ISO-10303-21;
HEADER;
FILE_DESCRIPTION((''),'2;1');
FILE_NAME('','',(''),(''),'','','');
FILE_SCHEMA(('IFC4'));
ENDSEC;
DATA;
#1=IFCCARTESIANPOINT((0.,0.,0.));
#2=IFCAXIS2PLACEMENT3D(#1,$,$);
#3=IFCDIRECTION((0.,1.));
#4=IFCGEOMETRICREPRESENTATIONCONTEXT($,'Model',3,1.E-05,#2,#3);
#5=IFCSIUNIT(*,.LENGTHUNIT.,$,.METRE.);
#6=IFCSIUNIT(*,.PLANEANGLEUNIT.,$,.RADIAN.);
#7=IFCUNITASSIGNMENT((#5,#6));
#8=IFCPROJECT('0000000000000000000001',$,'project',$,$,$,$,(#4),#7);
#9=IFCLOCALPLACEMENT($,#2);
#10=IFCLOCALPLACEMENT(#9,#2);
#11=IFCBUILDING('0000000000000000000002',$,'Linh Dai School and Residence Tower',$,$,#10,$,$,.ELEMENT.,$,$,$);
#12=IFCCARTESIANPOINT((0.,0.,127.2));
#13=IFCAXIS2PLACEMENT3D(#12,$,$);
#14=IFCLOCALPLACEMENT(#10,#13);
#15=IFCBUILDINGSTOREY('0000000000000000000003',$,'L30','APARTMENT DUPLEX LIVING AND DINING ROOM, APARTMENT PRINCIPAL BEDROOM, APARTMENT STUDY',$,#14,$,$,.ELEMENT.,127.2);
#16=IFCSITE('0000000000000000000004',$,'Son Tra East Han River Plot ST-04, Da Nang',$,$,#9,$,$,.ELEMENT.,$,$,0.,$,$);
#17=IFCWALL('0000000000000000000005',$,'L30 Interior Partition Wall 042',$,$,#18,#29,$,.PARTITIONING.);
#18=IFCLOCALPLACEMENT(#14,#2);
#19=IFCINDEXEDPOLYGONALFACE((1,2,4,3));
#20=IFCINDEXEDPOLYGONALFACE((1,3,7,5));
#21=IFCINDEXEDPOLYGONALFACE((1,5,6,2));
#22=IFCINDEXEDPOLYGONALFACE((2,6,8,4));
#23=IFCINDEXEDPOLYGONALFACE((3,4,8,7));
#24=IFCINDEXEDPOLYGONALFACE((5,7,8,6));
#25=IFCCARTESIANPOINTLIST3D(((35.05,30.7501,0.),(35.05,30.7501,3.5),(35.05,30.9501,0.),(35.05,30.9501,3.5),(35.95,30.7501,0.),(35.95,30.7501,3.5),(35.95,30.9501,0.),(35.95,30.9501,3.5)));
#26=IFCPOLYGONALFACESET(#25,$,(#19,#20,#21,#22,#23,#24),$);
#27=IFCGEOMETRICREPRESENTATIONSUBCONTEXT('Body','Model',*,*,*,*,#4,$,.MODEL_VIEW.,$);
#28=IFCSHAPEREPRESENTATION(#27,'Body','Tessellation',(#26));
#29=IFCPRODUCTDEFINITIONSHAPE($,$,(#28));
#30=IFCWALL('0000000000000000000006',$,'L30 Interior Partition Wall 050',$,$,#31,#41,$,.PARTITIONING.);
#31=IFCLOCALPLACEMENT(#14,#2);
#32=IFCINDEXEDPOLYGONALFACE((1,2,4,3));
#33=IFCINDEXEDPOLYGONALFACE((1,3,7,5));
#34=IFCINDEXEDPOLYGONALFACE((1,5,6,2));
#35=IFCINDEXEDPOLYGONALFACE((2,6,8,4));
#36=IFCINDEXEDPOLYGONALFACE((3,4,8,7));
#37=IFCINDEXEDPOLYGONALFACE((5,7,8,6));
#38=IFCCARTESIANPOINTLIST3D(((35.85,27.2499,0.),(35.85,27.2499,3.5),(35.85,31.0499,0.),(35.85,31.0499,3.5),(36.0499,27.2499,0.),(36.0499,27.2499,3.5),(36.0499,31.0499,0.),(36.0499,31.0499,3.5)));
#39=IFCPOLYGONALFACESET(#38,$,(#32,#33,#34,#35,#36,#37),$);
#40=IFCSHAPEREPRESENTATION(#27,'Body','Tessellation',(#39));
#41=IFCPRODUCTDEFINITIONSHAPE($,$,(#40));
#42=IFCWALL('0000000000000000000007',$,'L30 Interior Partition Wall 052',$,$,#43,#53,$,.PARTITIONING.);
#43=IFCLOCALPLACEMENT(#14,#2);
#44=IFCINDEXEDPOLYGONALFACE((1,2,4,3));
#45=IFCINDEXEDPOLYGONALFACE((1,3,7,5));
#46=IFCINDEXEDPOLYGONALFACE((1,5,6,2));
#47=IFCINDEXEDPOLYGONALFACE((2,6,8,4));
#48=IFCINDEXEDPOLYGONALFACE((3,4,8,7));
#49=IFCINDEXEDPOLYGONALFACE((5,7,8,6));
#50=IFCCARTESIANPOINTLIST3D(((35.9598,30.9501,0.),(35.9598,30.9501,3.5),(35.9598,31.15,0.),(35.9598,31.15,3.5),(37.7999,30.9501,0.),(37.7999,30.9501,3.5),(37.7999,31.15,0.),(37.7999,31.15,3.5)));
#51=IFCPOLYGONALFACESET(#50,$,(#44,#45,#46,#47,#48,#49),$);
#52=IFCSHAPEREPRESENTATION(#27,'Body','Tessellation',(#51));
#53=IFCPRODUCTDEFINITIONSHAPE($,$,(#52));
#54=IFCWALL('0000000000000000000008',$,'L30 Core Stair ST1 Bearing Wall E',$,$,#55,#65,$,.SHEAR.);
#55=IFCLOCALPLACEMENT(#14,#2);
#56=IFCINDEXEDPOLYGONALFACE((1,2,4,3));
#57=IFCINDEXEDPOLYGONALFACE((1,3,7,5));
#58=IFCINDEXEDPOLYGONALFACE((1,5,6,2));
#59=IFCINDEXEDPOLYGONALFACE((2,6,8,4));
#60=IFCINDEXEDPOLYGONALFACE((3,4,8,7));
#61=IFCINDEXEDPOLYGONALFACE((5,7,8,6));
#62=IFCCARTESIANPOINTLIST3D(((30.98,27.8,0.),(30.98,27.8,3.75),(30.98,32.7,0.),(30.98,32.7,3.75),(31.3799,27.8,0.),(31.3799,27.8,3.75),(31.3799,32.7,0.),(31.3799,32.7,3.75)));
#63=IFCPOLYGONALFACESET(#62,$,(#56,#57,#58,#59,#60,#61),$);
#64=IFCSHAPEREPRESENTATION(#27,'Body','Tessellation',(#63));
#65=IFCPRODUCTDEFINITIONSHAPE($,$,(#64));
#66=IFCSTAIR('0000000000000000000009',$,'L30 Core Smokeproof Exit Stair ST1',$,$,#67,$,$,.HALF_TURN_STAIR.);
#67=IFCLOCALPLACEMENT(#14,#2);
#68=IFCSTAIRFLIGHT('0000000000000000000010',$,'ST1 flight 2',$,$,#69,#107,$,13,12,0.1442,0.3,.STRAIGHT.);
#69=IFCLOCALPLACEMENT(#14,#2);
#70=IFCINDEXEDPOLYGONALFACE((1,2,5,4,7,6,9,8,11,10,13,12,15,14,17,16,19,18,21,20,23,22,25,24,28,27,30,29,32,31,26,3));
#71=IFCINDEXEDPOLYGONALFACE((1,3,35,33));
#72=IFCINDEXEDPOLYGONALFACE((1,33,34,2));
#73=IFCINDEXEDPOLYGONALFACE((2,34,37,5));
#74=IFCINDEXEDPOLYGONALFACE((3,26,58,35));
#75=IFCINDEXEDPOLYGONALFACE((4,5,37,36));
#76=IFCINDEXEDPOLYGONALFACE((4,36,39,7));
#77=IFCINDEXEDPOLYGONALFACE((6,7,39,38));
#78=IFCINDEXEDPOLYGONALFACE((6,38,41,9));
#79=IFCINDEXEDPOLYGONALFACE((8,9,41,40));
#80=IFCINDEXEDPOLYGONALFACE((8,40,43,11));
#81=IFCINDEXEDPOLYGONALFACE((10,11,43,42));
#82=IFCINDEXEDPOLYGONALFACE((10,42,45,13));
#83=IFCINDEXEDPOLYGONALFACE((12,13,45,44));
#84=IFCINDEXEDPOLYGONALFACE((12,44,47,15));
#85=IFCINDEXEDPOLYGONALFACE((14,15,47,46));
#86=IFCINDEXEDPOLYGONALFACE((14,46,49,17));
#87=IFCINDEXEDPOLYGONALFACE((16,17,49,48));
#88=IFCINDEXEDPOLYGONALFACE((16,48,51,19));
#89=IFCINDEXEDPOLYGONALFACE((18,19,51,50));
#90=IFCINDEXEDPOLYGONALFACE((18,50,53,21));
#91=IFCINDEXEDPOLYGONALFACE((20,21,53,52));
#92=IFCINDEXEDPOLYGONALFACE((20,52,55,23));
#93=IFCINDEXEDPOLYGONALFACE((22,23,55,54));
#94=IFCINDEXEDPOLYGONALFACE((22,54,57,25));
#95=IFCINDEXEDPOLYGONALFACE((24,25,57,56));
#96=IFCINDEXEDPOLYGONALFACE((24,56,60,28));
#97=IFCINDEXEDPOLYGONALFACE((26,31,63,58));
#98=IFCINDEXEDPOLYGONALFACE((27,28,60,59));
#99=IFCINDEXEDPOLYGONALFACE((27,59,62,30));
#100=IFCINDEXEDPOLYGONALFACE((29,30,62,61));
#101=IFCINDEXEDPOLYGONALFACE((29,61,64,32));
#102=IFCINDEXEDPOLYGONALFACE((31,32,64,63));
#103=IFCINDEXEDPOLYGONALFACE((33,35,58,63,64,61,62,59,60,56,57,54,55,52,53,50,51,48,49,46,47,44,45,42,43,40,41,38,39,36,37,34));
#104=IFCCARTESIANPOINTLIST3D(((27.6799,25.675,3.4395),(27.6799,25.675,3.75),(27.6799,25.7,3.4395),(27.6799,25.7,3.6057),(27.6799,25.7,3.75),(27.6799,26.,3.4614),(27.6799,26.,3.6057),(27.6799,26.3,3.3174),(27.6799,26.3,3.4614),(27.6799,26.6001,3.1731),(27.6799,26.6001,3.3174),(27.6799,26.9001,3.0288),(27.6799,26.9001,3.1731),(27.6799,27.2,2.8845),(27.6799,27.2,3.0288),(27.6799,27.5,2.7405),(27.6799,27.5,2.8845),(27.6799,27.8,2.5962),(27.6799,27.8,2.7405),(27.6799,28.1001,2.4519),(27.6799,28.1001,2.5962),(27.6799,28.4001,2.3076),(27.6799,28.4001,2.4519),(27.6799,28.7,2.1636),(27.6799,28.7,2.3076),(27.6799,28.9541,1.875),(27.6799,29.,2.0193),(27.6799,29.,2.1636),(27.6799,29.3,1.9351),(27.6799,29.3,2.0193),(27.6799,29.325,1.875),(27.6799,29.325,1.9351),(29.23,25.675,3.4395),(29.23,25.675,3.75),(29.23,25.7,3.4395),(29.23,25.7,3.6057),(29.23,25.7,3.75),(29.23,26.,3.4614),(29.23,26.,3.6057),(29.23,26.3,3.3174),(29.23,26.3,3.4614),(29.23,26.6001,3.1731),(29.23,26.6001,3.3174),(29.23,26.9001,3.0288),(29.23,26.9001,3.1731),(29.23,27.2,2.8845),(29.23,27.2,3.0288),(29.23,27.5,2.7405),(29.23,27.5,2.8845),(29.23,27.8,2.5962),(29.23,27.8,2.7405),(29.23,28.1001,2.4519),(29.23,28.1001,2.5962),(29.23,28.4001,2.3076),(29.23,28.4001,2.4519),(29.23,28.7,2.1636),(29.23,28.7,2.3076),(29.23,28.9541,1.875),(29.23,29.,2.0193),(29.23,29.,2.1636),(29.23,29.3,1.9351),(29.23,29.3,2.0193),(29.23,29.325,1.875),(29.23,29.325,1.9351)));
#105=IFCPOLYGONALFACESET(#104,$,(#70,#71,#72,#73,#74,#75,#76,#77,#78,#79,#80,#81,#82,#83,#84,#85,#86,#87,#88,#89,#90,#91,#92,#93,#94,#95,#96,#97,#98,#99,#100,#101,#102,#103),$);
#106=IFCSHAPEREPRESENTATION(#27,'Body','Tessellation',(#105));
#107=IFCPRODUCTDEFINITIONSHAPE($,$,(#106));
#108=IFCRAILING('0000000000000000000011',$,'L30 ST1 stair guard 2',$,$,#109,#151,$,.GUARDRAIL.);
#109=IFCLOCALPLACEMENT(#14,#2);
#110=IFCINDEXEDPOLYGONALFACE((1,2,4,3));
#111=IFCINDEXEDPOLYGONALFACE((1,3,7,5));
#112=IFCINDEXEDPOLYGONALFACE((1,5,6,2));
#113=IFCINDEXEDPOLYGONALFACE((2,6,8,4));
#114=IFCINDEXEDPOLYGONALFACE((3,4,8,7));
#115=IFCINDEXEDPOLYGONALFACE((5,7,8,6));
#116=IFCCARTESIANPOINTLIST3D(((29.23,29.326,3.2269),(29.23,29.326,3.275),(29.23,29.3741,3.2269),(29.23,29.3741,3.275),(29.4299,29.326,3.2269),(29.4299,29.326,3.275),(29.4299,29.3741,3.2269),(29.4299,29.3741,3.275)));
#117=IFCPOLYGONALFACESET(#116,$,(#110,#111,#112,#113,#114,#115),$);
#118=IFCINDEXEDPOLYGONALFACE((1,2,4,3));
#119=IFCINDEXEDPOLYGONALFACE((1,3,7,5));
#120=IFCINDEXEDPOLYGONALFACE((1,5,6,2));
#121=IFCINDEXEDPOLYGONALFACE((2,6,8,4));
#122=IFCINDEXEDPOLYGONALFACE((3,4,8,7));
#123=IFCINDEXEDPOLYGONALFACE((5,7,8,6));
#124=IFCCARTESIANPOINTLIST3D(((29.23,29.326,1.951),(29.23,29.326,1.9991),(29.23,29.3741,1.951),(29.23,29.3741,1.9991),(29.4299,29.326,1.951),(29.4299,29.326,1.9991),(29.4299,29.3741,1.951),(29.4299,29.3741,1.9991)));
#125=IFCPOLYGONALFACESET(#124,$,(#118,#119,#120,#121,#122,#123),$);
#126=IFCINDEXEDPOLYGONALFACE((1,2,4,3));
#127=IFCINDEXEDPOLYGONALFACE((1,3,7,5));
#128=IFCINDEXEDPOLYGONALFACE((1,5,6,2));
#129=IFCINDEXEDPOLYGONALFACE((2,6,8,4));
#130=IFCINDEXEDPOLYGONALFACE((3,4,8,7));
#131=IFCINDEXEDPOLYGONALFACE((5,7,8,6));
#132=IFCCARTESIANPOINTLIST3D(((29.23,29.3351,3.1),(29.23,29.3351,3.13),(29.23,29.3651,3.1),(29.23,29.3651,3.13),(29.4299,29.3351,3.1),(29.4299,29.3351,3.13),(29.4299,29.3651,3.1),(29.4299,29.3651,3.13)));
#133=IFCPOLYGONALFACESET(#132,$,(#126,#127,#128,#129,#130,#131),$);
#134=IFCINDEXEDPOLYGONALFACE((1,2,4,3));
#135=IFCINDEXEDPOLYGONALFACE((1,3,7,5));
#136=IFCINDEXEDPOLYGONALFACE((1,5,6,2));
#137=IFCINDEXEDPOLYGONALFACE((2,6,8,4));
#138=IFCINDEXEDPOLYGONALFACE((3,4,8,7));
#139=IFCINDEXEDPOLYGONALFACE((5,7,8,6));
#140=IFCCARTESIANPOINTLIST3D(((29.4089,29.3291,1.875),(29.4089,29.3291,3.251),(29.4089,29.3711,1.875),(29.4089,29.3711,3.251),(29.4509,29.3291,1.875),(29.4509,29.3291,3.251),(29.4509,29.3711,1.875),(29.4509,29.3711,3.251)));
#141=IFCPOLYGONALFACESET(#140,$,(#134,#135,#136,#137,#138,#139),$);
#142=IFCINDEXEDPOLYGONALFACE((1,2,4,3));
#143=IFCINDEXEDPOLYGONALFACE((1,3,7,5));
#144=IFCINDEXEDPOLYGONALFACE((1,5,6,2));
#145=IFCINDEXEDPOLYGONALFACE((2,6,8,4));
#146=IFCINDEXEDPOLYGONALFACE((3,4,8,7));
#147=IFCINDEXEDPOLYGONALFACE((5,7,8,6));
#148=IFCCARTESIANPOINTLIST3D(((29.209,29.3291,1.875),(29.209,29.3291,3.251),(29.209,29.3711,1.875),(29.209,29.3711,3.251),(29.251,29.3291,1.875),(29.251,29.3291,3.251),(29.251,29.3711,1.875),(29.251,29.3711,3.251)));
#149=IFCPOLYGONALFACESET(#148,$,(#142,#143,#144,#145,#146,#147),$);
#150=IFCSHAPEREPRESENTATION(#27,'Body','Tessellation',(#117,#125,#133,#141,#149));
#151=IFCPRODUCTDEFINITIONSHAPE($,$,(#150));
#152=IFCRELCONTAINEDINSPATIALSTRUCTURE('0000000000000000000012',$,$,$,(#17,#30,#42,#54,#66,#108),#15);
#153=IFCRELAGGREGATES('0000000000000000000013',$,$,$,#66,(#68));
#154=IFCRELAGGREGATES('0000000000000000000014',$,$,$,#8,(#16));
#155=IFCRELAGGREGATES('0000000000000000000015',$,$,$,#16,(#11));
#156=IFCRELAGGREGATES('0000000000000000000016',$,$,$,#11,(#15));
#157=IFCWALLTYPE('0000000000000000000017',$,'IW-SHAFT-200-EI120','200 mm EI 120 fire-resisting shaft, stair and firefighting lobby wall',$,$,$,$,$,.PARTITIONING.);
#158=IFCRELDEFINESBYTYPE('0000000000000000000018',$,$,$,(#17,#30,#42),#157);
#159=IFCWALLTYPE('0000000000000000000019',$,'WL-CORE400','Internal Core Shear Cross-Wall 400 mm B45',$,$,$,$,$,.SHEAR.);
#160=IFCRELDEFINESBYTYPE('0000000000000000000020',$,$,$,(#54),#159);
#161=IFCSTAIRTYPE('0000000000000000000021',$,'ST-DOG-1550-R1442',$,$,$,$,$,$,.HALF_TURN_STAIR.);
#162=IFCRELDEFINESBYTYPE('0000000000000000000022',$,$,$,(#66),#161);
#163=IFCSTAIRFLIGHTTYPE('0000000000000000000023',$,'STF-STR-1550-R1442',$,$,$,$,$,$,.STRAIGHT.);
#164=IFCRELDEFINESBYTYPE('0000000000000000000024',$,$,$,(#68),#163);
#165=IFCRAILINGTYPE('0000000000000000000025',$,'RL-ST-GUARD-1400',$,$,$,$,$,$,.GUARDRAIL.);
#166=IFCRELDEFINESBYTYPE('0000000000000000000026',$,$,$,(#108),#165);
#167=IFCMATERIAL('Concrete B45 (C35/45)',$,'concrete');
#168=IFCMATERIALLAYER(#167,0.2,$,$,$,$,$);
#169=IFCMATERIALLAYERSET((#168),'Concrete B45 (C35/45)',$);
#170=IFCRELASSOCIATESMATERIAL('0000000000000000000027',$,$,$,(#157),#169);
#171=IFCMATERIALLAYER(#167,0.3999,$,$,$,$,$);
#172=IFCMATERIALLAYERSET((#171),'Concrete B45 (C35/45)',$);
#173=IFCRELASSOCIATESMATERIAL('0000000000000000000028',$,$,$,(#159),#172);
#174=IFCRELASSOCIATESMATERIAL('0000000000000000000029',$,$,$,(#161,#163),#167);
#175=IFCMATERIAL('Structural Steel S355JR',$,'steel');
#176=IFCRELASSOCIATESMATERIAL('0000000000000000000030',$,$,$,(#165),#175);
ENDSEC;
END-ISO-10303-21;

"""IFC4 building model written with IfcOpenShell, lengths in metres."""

from ifc_helpers import new_model, si_unit, direction, frame, frame_2d, origin, origin_2d, place, context, subcontext, project, spatial, polyline, rectangle, outline, extrude, source, transform, mapped, material, layer, layer_set, type_object, element, aggregate, save


model = new_model("IFC4")

# Units and contexts
model_context = context("Model", 3, precision=1e-05, world=origin(), true_north=direction((0.0, 1.0)))
body_context = subcontext(model_context, "Body", "Model", "MODEL_VIEW")
ifc_project = project(units=[si_unit("LENGTHUNIT", "METRE"), si_unit("PLANEANGLEUNIT", "RADIAN")], contexts=[model_context])

# Site, building, storey
site_placement = place(None, origin())
site = spatial("IfcSite", under=ifc_project, at=site_placement, Name="Son Tra East Han River Plot ST-04, Da Nang", CompositionType="ELEMENT", RefElevation=0.0)
building_placement = place(site_placement, origin())
building = spatial("IfcBuilding", under=site, at=building_placement, Name="Linh Dai School and Residence Tower", CompositionType="ELEMENT")
storey_placement = place(building_placement, frame((0.0, 0.0, 127.2)))
storey = spatial("IfcBuildingStorey", under=building, at=storey_placement, Name="L30", Description="APARTMENT DUPLEX LIVING AND DINING ROOM, APARTMENT PRINCIPAL BEDROOM, APARTMENT STUDY", CompositionType="ELEMENT", Elevation=127.2)

# Shared definitions
ifc_material_1 = material(Name="Structural Steel S355JR", Category="steel")

# Shared definitions
ifc_material_2 = material(Name="Concrete B45 (C35/45)", Category="concrete")
ifc_layer_1 = layer(ifc_material_2, 0.2)
ifc_layer_set_1 = layer_set([ifc_layer_1], Name="Concrete B45 (C35/45)")
wall_type_1 = type_object("IfcWallType", Name="IW-SHAFT-200-EI120", Description="200 mm EI 120 fire-resisting shaft, stair and firefighting lobby wall", PredefinedType="PARTITIONING", material=ifc_layer_set_1)

# Walls
for number, where, z_axis, x_axis, name in (
    (1, (35.05, 30.8501, 0.0), (0.0, 0.0, 1.0), (1.0, 0.0, 0.0), "L30 Interior Partition Wall 042"),
):
    element("IfcWall", number, at=place(storey_placement, frame(where, z_axis=z_axis, x_axis=x_axis)), inside=storey, type_object=wall_type_1, Name=name, PredefinedType="PARTITIONING", context=body_context, shape_type="SweptSolid", body=[
        extrude(rectangle(XDim=0.8999, YDim=0.2, at=frame_2d((0.45, 0.0))), origin(), (0.0, 0.0, 1.0), 3.5),
    ])
wall_1_placement = place(storey_placement, frame((35.95, 27.25, 0.0), z_axis=(0.0, 0.0, 1.0), x_axis=(0.0, 1.0, 0.0)))
element("IfcWall", 2, at=wall_1_placement, inside=storey, type_object=wall_type_1, Name="L30 Interior Partition Wall 050", PredefinedType="PARTITIONING", context=body_context, shape_type="SweptSolid", body=[
    extrude(rectangle(XDim=3.8, YDim=0.2, at=frame_2d((1.8999, 0.0))), origin(), (0.0, 0.0, 1.0), 3.5),
])

# Walls
wall_2_placement = place(storey_placement, frame((35.96, 31.05, 0.0), z_axis=(0.0, 0.0, 1.0), x_axis=(1.0, 0.0, 0.0)))
element("IfcWall", 3, at=wall_2_placement, inside=storey, type_object=wall_type_1, Name="L30 Interior Partition Wall 052", PredefinedType="PARTITIONING", context=body_context, shape_type="SweptSolid", body=[
    extrude(rectangle(XDim=1.8401, YDim=0.2, at=frame_2d((0.9199, 0.0))), origin(), (0.0, 0.0, 1.0), 3.5),
])
ifc_layer_2 = layer(ifc_material_2, 0.3999)
ifc_layer_set_2 = layer_set([ifc_layer_2], Name="Concrete B45 (C35/45)")
wall_type_2 = type_object("IfcWallType", Name="WL-CORE400", Description="Internal Core Shear Cross-Wall 400 mm B45", PredefinedType="SHEAR", material=ifc_layer_set_2)
wall_3_placement = place(storey_placement, frame((31.1799, 27.8, 0.0), z_axis=(0.0, 0.0, 1.0), x_axis=(0.0, 1.0, 0.0)))
element("IfcWall", 4, at=wall_3_placement, inside=storey, type_object=wall_type_2, Name="L30 Core Stair ST1 Bearing Wall E", PredefinedType="SHEAR", context=body_context, shape_type="SweptSolid", body=[
    extrude(rectangle(XDim=4.8999, YDim=0.3999, at=frame_2d((2.45, 0.0))), origin(), (0.0, 0.0, 1.0), 3.75),
])

# Stair, stair flight
stair_type = type_object("IfcStairType", Name="ST-DOG-1550-R1442", PredefinedType="HALF_TURN_STAIR", material=ifc_material_2)
stair_placement = place(storey_placement, origin())
stair = element("IfcStair", 5, at=stair_placement, inside=storey, type_object=stair_type, Name="L30 Core Smokeproof Exit Stair ST1", PredefinedType="HALF_TURN_STAIR")
stair_flight_type = type_object("IfcStairFlightType", Name="STF-STR-1550-R1442", PredefinedType="STRAIGHT", material=ifc_material_2)
shared_shape_1 = source(origin(), body_context, "Body", "SweptSolid", [
    extrude(outline(polyline([(-0.0249, 0.0), (-0.0249, 0.0601), (0.0, 0.0601), (0.0, 0.1443), (0.3, 0.1443), (0.3, 0.2886), (0.6001, 0.2886), (0.6001, 0.4326), (0.8999, 0.4326), (0.8999, 0.5769), (1.2, 0.5769), (1.2, 0.7212), (1.5, 0.7212), (1.5, 0.8655), (1.8, 0.8655), (1.8, 1.0095), (2.1001, 1.0095), (2.1001, 1.1538), (2.3999, 1.1538), (2.3999, 1.2981), (2.7, 1.2981), (2.7, 1.4424), (3.0, 1.4424), (3.0, 1.5864), (3.3, 1.5864), (3.3, 1.7307), (3.6001, 1.7307), (3.6001, 1.875), (3.625, 1.875), (3.625, 1.5645), (3.6001, 1.5645), (0.3459, 0.0), (-0.0249, 0.0)])), frame((0.0, 0.7749, 0.0), z_axis=(0.0, -1.0, 0.0), x_axis=(1.0, 0.0, 0.0)), (0.0, 0.0, 1.0), 1.55),
])
stair_flight_placement = place(storey_placement, frame((28.4551, 29.3, 1.875), z_axis=(0.0, 0.0, 1.0), x_axis=(0.0, -1.0, 0.0)))
stair_flight = element("IfcStairFlight", 6, at=stair_flight_placement, type_object=stair_flight_type, Name="ST1 flight 2", NumberOfRisers=13, NumberOfTreads=12, PredefinedType="STRAIGHT", RiserHeight=0.1442, TreadLength=0.3, context=body_context, shape_type="MappedRepresentation", body=[
    mapped(shared_shape_1, transform((0.0, 0.0, 0.0), x_axis=(1.0, 0.0, 0.0), y_axis=(0.0, 1.0, 0.0), z_axis=(0.0, 0.0, 1.0), scale=1.0)),
])
aggregate(stair, [stair_flight])

# Railing
railing_type_1 = type_object("IfcRailingType", Name="RL-ST-GUARD-1400", PredefinedType="GUARDRAIL", material=ifc_material_1)
shared_shape_2 = source(origin(), body_context, "Body", "SweptSolid", [
    extrude(rectangle(XDim=0.0481, YDim=0.0481, at=origin_2d()), frame((0.0, 0.0, 1.376), z_axis=(-1.0, 0.0, 0.0), x_axis=(0.0, -1.0, 0.0)), (0.0, 0.0, 1.0), 0.2),
    extrude(rectangle(XDim=0.0481, YDim=0.0481, at=origin_2d()), frame((0.0, 0.0, 0.1001), z_axis=(-1.0, 0.0, 0.0), x_axis=(0.0, -1.0, 0.0)), (0.0, 0.0, 1.0), 0.2),
    extrude(rectangle(XDim=0.03, YDim=0.03, at=origin_2d()), frame((0.0, 0.0, 1.24), z_axis=(-1.0, 0.0, 0.0), x_axis=(0.0, -1.0, 0.0)), (0.0, 0.0, 1.0), 0.2),
    extrude(rectangle(XDim=0.042, YDim=0.042, at=origin_2d()), origin(), (0.0, 0.0, 1.0), 1.376),
    extrude(rectangle(XDim=0.042, YDim=0.042, at=origin_2d()), frame((-0.2, 0.0, 0.0)), (0.0, 0.0, 1.0), 1.376),
])
railing_1_placement = place(storey_placement, frame((29.4299, 29.3501, 1.875)))
element("IfcRailing", 7, at=railing_1_placement, inside=storey, type_object=railing_type_1, Name="L30 ST1 stair guard 2", PredefinedType="GUARDRAIL", context=body_context, shape_type="MappedRepresentation", body=[
    mapped(shared_shape_2, transform((0.0, 0.0, 0.0), x_axis=(1.0, 0.0, 0.0), y_axis=(0.0, 1.0, 0.0), z_axis=(0.0, 0.0, 1.0), scale=1.0)),
])

save(model, "model.ifc")
